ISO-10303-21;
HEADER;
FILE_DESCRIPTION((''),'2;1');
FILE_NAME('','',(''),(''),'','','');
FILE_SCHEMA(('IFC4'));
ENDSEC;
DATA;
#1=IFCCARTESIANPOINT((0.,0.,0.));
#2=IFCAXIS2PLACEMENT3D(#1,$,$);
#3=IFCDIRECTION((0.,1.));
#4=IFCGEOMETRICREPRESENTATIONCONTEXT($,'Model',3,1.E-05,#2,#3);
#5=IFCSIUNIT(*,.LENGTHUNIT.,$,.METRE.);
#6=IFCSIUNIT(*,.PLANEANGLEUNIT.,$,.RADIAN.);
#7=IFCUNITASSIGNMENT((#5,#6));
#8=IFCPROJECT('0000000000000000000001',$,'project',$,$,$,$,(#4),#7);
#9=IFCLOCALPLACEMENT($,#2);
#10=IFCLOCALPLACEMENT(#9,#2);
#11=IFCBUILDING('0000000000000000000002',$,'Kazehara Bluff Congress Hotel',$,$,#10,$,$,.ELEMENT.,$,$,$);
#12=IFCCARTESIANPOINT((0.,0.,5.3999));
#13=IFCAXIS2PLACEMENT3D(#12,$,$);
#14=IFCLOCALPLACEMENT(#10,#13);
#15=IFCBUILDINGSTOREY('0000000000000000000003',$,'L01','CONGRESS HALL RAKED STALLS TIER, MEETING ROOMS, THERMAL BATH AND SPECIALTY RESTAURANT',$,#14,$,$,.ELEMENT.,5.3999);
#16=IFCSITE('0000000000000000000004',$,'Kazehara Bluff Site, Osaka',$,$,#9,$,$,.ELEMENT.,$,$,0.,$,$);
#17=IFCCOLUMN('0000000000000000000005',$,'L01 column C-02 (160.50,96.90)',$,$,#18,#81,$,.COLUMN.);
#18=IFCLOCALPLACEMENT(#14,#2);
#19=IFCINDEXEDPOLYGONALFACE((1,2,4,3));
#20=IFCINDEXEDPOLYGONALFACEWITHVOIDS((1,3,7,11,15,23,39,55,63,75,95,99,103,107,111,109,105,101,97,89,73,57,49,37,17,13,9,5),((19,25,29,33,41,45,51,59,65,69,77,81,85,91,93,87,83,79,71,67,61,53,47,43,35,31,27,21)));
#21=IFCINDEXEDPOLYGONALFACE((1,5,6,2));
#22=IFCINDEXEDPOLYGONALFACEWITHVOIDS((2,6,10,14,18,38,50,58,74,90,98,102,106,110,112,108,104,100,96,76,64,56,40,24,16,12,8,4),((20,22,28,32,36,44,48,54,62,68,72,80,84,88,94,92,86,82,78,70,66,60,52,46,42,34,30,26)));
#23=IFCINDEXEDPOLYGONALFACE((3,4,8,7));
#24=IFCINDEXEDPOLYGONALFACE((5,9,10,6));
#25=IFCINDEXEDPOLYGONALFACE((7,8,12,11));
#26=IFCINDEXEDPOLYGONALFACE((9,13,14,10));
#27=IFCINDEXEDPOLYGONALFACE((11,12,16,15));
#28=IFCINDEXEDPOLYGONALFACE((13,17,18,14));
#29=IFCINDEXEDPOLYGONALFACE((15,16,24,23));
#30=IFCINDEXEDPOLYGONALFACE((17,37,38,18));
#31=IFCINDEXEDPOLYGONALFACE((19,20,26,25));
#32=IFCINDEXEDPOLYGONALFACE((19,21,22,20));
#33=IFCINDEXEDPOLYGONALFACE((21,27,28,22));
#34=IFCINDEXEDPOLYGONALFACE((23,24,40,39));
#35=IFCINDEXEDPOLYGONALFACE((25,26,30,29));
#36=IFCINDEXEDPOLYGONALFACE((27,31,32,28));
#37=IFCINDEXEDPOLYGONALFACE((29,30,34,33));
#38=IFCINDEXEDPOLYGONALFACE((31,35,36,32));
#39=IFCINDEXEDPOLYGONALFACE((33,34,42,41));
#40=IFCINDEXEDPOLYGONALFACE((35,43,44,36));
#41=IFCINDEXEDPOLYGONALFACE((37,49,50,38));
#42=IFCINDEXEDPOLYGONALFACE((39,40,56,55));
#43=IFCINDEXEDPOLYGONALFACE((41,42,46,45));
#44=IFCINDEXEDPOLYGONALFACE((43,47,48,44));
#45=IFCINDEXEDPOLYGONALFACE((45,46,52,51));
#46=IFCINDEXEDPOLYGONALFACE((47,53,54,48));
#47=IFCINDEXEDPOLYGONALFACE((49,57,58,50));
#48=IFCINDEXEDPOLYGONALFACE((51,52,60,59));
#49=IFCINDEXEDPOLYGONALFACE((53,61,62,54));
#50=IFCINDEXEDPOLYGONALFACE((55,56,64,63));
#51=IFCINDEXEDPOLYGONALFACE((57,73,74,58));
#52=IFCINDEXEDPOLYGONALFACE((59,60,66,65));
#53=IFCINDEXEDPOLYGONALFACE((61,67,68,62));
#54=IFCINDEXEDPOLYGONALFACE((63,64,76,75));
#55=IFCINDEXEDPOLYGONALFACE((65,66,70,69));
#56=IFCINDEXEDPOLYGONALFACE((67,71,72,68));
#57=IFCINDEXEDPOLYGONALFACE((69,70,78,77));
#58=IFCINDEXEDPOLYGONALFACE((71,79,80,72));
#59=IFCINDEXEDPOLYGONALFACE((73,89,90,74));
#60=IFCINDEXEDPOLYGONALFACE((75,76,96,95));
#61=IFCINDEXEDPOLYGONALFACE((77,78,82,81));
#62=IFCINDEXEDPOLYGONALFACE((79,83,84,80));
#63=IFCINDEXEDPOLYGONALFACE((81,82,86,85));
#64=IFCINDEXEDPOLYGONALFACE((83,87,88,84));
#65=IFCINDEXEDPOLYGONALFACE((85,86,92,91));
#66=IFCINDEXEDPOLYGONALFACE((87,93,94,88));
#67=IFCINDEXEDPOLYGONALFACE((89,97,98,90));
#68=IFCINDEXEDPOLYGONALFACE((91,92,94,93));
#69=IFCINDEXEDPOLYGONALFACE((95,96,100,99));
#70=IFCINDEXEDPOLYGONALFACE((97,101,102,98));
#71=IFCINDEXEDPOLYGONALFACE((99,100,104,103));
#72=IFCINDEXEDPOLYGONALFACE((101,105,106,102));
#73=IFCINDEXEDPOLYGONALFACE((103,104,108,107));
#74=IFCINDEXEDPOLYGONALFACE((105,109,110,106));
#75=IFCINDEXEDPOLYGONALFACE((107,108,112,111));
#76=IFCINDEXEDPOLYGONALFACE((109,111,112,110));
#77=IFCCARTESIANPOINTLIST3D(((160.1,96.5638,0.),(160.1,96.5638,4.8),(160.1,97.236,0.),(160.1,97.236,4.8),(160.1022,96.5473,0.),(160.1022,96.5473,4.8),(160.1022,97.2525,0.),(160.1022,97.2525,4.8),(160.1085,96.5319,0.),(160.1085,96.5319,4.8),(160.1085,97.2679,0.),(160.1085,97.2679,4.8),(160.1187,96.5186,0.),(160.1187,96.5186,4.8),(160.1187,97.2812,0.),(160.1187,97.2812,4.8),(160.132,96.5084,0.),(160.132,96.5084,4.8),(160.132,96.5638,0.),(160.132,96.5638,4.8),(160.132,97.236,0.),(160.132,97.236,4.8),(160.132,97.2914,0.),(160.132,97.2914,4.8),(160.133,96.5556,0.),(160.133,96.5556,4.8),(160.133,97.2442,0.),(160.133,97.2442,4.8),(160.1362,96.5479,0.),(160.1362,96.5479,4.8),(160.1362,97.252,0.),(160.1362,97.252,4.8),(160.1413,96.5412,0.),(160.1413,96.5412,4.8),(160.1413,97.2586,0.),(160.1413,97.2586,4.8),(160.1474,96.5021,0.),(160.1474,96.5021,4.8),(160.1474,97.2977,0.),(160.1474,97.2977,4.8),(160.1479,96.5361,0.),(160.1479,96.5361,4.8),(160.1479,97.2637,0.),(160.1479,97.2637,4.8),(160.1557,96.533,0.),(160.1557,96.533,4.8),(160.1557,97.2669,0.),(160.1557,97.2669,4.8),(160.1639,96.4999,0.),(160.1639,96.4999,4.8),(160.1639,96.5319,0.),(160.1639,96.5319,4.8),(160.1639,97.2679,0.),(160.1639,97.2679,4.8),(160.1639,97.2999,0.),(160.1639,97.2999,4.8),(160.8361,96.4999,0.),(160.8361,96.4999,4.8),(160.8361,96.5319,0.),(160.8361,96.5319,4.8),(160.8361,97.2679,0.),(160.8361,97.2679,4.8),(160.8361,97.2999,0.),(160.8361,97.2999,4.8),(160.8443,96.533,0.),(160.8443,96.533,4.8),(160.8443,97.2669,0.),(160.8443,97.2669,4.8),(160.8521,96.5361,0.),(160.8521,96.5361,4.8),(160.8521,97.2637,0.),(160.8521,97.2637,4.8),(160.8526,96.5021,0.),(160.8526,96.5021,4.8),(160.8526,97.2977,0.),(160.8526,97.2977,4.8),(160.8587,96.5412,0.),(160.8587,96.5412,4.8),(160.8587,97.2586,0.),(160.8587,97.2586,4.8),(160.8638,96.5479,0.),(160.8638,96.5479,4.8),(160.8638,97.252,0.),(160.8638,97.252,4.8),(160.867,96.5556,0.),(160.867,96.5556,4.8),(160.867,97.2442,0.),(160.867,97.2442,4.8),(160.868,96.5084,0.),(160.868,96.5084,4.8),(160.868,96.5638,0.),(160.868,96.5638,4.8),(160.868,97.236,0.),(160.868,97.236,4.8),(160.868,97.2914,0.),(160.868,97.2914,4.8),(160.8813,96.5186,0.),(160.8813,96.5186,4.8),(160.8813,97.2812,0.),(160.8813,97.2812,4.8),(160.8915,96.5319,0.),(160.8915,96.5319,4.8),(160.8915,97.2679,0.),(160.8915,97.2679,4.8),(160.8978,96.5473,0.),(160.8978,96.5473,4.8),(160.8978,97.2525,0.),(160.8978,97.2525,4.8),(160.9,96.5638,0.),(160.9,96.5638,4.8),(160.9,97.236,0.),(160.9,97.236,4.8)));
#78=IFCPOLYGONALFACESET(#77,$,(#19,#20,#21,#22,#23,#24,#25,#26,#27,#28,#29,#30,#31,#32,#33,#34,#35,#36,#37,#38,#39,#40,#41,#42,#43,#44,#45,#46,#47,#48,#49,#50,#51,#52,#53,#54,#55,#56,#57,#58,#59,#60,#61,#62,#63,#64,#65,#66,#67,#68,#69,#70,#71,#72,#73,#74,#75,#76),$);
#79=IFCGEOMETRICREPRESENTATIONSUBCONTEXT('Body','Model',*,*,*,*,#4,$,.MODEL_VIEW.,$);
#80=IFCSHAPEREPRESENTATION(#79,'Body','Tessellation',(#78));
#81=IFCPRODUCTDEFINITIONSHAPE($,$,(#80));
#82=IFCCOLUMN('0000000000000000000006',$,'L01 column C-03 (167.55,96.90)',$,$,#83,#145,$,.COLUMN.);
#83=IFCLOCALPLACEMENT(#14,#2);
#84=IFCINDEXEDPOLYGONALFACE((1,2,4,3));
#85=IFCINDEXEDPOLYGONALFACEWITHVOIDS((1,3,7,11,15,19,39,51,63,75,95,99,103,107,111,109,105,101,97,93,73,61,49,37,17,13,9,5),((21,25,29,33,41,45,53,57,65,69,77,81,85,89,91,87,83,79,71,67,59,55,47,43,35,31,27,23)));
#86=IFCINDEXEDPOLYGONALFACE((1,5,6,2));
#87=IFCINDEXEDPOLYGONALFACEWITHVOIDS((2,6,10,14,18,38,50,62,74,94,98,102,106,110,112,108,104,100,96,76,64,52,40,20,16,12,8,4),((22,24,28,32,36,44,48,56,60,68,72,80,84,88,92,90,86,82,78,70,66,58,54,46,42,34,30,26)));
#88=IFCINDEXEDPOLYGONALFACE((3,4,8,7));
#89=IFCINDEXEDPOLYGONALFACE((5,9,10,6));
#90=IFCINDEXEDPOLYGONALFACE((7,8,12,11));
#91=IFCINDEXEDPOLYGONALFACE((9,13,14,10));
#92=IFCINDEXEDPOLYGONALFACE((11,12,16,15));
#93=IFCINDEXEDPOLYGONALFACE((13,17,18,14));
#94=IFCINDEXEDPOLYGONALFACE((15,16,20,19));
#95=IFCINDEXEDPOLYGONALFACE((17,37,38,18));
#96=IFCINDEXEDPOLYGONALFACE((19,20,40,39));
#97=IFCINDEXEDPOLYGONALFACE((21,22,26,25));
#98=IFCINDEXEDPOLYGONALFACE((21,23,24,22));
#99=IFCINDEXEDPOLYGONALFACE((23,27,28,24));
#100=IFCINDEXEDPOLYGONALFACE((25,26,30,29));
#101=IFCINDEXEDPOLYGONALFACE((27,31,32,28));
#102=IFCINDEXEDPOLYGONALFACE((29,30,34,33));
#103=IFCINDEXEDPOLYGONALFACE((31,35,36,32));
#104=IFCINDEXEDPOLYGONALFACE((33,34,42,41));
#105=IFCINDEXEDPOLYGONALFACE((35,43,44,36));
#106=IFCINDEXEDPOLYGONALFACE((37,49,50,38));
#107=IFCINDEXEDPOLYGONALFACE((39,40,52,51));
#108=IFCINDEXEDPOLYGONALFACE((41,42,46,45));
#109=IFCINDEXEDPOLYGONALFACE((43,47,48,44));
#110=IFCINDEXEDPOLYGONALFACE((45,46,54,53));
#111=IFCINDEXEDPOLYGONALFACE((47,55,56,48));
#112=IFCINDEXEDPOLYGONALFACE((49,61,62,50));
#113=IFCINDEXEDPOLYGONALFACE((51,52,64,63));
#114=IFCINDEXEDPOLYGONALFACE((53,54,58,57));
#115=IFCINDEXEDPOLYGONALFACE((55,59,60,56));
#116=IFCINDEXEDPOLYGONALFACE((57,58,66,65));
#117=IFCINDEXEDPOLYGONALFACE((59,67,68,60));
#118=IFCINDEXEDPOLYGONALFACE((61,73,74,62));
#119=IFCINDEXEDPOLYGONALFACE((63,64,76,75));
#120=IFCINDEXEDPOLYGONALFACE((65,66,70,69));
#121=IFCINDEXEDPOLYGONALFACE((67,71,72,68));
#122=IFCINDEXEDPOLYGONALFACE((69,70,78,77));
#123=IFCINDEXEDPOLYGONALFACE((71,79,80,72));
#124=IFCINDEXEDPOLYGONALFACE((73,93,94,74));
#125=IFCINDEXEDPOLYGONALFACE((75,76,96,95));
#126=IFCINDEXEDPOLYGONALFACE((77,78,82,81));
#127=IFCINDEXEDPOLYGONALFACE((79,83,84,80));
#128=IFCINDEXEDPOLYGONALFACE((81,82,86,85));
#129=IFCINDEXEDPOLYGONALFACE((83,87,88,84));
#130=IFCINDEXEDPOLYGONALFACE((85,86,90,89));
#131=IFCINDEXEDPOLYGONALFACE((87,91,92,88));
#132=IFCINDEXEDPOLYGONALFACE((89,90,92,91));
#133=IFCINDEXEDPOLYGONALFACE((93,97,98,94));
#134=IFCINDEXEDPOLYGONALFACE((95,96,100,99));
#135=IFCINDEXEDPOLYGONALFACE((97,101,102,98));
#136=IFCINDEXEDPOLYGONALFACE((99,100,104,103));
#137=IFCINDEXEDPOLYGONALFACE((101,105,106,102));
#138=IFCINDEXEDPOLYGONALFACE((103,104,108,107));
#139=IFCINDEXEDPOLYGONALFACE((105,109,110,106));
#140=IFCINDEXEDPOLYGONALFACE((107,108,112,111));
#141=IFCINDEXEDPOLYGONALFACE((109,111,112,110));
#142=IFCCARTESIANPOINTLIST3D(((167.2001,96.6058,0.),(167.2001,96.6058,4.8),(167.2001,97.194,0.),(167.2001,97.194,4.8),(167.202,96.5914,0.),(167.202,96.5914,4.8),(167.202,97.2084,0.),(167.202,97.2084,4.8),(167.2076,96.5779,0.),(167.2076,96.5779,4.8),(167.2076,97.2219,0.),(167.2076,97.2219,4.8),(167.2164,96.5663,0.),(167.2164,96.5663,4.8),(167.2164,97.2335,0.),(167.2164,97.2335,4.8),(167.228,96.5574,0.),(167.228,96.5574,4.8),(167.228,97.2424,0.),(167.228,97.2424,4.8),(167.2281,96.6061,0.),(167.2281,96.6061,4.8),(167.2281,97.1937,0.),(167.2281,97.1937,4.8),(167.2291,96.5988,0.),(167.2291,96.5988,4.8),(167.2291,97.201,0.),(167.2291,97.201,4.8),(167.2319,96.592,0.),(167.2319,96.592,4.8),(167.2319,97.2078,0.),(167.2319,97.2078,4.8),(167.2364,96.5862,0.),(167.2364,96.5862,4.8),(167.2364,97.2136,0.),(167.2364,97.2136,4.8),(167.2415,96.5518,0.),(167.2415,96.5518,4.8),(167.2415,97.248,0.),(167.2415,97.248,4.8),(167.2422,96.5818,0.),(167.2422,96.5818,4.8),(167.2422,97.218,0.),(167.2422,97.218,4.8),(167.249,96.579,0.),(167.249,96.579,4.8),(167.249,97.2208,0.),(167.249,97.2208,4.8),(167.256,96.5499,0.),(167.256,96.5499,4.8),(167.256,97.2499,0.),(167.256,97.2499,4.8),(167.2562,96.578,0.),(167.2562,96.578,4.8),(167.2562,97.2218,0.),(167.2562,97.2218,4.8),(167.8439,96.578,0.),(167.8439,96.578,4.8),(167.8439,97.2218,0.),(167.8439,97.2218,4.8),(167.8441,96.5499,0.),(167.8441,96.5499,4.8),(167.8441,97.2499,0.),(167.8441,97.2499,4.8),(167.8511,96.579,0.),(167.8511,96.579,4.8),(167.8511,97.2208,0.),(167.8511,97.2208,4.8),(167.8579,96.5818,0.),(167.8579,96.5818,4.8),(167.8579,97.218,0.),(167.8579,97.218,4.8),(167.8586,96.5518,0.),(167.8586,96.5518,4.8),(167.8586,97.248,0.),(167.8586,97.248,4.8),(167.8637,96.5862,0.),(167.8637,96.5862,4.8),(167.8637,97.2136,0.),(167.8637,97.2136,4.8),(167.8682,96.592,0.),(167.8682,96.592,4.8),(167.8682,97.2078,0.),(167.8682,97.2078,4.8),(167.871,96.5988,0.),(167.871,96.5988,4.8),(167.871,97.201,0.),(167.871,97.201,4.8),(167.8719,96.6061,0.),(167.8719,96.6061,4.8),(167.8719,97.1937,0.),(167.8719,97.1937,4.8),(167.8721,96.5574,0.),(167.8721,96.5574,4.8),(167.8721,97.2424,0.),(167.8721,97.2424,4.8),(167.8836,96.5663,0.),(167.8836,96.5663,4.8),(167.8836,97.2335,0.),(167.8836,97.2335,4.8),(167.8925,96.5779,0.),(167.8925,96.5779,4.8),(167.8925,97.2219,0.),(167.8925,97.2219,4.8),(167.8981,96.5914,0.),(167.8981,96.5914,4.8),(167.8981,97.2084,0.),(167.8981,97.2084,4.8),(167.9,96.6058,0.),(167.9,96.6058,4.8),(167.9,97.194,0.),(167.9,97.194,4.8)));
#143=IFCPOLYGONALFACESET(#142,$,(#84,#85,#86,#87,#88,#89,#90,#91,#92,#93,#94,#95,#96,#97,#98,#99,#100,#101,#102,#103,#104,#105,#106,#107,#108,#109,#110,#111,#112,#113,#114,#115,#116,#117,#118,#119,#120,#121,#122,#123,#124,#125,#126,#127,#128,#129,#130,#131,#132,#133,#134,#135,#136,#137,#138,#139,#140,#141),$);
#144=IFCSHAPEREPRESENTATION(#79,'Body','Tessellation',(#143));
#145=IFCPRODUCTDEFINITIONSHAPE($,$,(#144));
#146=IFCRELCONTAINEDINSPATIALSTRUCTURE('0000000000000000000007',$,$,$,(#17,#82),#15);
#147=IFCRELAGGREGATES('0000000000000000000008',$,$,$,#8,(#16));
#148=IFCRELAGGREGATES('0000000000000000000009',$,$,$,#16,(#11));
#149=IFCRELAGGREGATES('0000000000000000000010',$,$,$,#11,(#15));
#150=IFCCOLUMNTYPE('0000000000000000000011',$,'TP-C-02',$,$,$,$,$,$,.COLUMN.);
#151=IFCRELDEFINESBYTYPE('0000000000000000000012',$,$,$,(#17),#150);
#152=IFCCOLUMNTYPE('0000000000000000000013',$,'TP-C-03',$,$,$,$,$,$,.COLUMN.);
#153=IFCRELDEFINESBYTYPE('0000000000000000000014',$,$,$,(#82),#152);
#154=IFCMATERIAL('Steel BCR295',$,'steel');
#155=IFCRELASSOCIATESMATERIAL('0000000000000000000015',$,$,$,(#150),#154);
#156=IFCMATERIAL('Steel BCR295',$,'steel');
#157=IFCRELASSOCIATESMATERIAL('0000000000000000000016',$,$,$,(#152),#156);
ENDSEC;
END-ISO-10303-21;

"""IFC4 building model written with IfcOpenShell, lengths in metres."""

from ifc_helpers import new_model, si_unit, direction, frame, origin, origin_2d, place, context, subcontext, project, spatial, hollow_rectangle, extrude, material, material_profile, profile_set, type_object, element, save


model = new_model("IFC4")

# Units and contexts
model_context = context("Model", 3, precision=1e-05, world=origin(), true_north=direction((0.0, 1.0)))
body_context = subcontext(model_context, "Body", "Model", "MODEL_VIEW")
ifc_project = project(units=[si_unit("LENGTHUNIT", "METRE"), si_unit("PLANEANGLEUNIT", "RADIAN")], contexts=[model_context])

# Site, building, storey
site_placement = place(None, origin())
site = spatial("IfcSite", under=ifc_project, at=site_placement, Name="Kazehara Bluff Site, Osaka", CompositionType="ELEMENT", RefElevation=0.0)
building_placement = place(site_placement, origin())
building = spatial("IfcBuilding", under=site, at=building_placement, Name="Kazehara Bluff Congress Hotel", CompositionType="ELEMENT")
storey_placement = place(building_placement, frame((0.0, 0.0, 5.3999)))
storey = spatial("IfcBuildingStorey", under=building, at=storey_placement, Name="L01", Description="CONGRESS HALL RAKED STALLS TIER, MEETING ROOMS, THERMAL BATH AND SPECIALTY RESTAURANT", CompositionType="ELEMENT", Elevation=5.3999)

# Columns
ifc_material_1 = material(Name="Steel BCR295", Category="steel")
ifc_material_profile_1 = material_profile(ifc_material_1, hollow_rectangle(XDim=0.8, YDim=0.8, WallThickness=0.032, InnerFilletRadius=0.032, OuterFilletRadius=0.064, at=origin_2d()))
ifc_profile_set_1 = profile_set([ifc_material_profile_1], Name="Steel BCR295")
column_type_1 = type_object("IfcColumnType", Name="TP-C-02", PredefinedType="COLUMN", material=ifc_profile_set_1)
column_1_placement = place(storey_placement, frame((160.5, 96.8999, 0.0), z_axis=(0.0, 0.0, 1.0), x_axis=(1.0, 0.0, 0.0)))
element("IfcColumn", 1, at=column_1_placement, inside=storey, type_object=column_type_1, Name="L01 column C-02 (160.50,96.90)", PredefinedType="COLUMN", context=body_context, shape_type="SweptSolid", body=[
    extrude(hollow_rectangle(XDim=0.8, YDim=0.8, WallThickness=0.032, InnerFilletRadius=0.032, OuterFilletRadius=0.064, at=origin_2d()), origin(), (0.0, 0.0, 1.0), 4.8),
])
ifc_material_2 = material(Name="Steel BCR295", Category="steel")
ifc_material_profile_2 = material_profile(ifc_material_2, hollow_rectangle(XDim=0.7, YDim=0.7, WallThickness=0.0281, InnerFilletRadius=0.0281, OuterFilletRadius=0.0559, at=origin_2d()))
ifc_profile_set_2 = profile_set([ifc_material_profile_2], Name="Steel BCR295")
column_type_2 = type_object("IfcColumnType", Name="TP-C-03", PredefinedType="COLUMN", material=ifc_profile_set_2)
column_2_placement = place(storey_placement, frame((167.55, 96.8999, 0.0), z_axis=(0.0, 0.0, 1.0), x_axis=(1.0, 0.0, 0.0)))
element("IfcColumn", 2, at=column_2_placement, inside=storey, type_object=column_type_2, Name="L01 column C-03 (167.55,96.90)", PredefinedType="COLUMN", context=body_context, shape_type="SweptSolid", body=[
    extrude(hollow_rectangle(XDim=0.7, YDim=0.7, WallThickness=0.0281, InnerFilletRadius=0.0281, OuterFilletRadius=0.0559, at=origin_2d()), origin(), (0.0, 0.0, 1.0), 4.8),
])

save(model, "model.ifc")
